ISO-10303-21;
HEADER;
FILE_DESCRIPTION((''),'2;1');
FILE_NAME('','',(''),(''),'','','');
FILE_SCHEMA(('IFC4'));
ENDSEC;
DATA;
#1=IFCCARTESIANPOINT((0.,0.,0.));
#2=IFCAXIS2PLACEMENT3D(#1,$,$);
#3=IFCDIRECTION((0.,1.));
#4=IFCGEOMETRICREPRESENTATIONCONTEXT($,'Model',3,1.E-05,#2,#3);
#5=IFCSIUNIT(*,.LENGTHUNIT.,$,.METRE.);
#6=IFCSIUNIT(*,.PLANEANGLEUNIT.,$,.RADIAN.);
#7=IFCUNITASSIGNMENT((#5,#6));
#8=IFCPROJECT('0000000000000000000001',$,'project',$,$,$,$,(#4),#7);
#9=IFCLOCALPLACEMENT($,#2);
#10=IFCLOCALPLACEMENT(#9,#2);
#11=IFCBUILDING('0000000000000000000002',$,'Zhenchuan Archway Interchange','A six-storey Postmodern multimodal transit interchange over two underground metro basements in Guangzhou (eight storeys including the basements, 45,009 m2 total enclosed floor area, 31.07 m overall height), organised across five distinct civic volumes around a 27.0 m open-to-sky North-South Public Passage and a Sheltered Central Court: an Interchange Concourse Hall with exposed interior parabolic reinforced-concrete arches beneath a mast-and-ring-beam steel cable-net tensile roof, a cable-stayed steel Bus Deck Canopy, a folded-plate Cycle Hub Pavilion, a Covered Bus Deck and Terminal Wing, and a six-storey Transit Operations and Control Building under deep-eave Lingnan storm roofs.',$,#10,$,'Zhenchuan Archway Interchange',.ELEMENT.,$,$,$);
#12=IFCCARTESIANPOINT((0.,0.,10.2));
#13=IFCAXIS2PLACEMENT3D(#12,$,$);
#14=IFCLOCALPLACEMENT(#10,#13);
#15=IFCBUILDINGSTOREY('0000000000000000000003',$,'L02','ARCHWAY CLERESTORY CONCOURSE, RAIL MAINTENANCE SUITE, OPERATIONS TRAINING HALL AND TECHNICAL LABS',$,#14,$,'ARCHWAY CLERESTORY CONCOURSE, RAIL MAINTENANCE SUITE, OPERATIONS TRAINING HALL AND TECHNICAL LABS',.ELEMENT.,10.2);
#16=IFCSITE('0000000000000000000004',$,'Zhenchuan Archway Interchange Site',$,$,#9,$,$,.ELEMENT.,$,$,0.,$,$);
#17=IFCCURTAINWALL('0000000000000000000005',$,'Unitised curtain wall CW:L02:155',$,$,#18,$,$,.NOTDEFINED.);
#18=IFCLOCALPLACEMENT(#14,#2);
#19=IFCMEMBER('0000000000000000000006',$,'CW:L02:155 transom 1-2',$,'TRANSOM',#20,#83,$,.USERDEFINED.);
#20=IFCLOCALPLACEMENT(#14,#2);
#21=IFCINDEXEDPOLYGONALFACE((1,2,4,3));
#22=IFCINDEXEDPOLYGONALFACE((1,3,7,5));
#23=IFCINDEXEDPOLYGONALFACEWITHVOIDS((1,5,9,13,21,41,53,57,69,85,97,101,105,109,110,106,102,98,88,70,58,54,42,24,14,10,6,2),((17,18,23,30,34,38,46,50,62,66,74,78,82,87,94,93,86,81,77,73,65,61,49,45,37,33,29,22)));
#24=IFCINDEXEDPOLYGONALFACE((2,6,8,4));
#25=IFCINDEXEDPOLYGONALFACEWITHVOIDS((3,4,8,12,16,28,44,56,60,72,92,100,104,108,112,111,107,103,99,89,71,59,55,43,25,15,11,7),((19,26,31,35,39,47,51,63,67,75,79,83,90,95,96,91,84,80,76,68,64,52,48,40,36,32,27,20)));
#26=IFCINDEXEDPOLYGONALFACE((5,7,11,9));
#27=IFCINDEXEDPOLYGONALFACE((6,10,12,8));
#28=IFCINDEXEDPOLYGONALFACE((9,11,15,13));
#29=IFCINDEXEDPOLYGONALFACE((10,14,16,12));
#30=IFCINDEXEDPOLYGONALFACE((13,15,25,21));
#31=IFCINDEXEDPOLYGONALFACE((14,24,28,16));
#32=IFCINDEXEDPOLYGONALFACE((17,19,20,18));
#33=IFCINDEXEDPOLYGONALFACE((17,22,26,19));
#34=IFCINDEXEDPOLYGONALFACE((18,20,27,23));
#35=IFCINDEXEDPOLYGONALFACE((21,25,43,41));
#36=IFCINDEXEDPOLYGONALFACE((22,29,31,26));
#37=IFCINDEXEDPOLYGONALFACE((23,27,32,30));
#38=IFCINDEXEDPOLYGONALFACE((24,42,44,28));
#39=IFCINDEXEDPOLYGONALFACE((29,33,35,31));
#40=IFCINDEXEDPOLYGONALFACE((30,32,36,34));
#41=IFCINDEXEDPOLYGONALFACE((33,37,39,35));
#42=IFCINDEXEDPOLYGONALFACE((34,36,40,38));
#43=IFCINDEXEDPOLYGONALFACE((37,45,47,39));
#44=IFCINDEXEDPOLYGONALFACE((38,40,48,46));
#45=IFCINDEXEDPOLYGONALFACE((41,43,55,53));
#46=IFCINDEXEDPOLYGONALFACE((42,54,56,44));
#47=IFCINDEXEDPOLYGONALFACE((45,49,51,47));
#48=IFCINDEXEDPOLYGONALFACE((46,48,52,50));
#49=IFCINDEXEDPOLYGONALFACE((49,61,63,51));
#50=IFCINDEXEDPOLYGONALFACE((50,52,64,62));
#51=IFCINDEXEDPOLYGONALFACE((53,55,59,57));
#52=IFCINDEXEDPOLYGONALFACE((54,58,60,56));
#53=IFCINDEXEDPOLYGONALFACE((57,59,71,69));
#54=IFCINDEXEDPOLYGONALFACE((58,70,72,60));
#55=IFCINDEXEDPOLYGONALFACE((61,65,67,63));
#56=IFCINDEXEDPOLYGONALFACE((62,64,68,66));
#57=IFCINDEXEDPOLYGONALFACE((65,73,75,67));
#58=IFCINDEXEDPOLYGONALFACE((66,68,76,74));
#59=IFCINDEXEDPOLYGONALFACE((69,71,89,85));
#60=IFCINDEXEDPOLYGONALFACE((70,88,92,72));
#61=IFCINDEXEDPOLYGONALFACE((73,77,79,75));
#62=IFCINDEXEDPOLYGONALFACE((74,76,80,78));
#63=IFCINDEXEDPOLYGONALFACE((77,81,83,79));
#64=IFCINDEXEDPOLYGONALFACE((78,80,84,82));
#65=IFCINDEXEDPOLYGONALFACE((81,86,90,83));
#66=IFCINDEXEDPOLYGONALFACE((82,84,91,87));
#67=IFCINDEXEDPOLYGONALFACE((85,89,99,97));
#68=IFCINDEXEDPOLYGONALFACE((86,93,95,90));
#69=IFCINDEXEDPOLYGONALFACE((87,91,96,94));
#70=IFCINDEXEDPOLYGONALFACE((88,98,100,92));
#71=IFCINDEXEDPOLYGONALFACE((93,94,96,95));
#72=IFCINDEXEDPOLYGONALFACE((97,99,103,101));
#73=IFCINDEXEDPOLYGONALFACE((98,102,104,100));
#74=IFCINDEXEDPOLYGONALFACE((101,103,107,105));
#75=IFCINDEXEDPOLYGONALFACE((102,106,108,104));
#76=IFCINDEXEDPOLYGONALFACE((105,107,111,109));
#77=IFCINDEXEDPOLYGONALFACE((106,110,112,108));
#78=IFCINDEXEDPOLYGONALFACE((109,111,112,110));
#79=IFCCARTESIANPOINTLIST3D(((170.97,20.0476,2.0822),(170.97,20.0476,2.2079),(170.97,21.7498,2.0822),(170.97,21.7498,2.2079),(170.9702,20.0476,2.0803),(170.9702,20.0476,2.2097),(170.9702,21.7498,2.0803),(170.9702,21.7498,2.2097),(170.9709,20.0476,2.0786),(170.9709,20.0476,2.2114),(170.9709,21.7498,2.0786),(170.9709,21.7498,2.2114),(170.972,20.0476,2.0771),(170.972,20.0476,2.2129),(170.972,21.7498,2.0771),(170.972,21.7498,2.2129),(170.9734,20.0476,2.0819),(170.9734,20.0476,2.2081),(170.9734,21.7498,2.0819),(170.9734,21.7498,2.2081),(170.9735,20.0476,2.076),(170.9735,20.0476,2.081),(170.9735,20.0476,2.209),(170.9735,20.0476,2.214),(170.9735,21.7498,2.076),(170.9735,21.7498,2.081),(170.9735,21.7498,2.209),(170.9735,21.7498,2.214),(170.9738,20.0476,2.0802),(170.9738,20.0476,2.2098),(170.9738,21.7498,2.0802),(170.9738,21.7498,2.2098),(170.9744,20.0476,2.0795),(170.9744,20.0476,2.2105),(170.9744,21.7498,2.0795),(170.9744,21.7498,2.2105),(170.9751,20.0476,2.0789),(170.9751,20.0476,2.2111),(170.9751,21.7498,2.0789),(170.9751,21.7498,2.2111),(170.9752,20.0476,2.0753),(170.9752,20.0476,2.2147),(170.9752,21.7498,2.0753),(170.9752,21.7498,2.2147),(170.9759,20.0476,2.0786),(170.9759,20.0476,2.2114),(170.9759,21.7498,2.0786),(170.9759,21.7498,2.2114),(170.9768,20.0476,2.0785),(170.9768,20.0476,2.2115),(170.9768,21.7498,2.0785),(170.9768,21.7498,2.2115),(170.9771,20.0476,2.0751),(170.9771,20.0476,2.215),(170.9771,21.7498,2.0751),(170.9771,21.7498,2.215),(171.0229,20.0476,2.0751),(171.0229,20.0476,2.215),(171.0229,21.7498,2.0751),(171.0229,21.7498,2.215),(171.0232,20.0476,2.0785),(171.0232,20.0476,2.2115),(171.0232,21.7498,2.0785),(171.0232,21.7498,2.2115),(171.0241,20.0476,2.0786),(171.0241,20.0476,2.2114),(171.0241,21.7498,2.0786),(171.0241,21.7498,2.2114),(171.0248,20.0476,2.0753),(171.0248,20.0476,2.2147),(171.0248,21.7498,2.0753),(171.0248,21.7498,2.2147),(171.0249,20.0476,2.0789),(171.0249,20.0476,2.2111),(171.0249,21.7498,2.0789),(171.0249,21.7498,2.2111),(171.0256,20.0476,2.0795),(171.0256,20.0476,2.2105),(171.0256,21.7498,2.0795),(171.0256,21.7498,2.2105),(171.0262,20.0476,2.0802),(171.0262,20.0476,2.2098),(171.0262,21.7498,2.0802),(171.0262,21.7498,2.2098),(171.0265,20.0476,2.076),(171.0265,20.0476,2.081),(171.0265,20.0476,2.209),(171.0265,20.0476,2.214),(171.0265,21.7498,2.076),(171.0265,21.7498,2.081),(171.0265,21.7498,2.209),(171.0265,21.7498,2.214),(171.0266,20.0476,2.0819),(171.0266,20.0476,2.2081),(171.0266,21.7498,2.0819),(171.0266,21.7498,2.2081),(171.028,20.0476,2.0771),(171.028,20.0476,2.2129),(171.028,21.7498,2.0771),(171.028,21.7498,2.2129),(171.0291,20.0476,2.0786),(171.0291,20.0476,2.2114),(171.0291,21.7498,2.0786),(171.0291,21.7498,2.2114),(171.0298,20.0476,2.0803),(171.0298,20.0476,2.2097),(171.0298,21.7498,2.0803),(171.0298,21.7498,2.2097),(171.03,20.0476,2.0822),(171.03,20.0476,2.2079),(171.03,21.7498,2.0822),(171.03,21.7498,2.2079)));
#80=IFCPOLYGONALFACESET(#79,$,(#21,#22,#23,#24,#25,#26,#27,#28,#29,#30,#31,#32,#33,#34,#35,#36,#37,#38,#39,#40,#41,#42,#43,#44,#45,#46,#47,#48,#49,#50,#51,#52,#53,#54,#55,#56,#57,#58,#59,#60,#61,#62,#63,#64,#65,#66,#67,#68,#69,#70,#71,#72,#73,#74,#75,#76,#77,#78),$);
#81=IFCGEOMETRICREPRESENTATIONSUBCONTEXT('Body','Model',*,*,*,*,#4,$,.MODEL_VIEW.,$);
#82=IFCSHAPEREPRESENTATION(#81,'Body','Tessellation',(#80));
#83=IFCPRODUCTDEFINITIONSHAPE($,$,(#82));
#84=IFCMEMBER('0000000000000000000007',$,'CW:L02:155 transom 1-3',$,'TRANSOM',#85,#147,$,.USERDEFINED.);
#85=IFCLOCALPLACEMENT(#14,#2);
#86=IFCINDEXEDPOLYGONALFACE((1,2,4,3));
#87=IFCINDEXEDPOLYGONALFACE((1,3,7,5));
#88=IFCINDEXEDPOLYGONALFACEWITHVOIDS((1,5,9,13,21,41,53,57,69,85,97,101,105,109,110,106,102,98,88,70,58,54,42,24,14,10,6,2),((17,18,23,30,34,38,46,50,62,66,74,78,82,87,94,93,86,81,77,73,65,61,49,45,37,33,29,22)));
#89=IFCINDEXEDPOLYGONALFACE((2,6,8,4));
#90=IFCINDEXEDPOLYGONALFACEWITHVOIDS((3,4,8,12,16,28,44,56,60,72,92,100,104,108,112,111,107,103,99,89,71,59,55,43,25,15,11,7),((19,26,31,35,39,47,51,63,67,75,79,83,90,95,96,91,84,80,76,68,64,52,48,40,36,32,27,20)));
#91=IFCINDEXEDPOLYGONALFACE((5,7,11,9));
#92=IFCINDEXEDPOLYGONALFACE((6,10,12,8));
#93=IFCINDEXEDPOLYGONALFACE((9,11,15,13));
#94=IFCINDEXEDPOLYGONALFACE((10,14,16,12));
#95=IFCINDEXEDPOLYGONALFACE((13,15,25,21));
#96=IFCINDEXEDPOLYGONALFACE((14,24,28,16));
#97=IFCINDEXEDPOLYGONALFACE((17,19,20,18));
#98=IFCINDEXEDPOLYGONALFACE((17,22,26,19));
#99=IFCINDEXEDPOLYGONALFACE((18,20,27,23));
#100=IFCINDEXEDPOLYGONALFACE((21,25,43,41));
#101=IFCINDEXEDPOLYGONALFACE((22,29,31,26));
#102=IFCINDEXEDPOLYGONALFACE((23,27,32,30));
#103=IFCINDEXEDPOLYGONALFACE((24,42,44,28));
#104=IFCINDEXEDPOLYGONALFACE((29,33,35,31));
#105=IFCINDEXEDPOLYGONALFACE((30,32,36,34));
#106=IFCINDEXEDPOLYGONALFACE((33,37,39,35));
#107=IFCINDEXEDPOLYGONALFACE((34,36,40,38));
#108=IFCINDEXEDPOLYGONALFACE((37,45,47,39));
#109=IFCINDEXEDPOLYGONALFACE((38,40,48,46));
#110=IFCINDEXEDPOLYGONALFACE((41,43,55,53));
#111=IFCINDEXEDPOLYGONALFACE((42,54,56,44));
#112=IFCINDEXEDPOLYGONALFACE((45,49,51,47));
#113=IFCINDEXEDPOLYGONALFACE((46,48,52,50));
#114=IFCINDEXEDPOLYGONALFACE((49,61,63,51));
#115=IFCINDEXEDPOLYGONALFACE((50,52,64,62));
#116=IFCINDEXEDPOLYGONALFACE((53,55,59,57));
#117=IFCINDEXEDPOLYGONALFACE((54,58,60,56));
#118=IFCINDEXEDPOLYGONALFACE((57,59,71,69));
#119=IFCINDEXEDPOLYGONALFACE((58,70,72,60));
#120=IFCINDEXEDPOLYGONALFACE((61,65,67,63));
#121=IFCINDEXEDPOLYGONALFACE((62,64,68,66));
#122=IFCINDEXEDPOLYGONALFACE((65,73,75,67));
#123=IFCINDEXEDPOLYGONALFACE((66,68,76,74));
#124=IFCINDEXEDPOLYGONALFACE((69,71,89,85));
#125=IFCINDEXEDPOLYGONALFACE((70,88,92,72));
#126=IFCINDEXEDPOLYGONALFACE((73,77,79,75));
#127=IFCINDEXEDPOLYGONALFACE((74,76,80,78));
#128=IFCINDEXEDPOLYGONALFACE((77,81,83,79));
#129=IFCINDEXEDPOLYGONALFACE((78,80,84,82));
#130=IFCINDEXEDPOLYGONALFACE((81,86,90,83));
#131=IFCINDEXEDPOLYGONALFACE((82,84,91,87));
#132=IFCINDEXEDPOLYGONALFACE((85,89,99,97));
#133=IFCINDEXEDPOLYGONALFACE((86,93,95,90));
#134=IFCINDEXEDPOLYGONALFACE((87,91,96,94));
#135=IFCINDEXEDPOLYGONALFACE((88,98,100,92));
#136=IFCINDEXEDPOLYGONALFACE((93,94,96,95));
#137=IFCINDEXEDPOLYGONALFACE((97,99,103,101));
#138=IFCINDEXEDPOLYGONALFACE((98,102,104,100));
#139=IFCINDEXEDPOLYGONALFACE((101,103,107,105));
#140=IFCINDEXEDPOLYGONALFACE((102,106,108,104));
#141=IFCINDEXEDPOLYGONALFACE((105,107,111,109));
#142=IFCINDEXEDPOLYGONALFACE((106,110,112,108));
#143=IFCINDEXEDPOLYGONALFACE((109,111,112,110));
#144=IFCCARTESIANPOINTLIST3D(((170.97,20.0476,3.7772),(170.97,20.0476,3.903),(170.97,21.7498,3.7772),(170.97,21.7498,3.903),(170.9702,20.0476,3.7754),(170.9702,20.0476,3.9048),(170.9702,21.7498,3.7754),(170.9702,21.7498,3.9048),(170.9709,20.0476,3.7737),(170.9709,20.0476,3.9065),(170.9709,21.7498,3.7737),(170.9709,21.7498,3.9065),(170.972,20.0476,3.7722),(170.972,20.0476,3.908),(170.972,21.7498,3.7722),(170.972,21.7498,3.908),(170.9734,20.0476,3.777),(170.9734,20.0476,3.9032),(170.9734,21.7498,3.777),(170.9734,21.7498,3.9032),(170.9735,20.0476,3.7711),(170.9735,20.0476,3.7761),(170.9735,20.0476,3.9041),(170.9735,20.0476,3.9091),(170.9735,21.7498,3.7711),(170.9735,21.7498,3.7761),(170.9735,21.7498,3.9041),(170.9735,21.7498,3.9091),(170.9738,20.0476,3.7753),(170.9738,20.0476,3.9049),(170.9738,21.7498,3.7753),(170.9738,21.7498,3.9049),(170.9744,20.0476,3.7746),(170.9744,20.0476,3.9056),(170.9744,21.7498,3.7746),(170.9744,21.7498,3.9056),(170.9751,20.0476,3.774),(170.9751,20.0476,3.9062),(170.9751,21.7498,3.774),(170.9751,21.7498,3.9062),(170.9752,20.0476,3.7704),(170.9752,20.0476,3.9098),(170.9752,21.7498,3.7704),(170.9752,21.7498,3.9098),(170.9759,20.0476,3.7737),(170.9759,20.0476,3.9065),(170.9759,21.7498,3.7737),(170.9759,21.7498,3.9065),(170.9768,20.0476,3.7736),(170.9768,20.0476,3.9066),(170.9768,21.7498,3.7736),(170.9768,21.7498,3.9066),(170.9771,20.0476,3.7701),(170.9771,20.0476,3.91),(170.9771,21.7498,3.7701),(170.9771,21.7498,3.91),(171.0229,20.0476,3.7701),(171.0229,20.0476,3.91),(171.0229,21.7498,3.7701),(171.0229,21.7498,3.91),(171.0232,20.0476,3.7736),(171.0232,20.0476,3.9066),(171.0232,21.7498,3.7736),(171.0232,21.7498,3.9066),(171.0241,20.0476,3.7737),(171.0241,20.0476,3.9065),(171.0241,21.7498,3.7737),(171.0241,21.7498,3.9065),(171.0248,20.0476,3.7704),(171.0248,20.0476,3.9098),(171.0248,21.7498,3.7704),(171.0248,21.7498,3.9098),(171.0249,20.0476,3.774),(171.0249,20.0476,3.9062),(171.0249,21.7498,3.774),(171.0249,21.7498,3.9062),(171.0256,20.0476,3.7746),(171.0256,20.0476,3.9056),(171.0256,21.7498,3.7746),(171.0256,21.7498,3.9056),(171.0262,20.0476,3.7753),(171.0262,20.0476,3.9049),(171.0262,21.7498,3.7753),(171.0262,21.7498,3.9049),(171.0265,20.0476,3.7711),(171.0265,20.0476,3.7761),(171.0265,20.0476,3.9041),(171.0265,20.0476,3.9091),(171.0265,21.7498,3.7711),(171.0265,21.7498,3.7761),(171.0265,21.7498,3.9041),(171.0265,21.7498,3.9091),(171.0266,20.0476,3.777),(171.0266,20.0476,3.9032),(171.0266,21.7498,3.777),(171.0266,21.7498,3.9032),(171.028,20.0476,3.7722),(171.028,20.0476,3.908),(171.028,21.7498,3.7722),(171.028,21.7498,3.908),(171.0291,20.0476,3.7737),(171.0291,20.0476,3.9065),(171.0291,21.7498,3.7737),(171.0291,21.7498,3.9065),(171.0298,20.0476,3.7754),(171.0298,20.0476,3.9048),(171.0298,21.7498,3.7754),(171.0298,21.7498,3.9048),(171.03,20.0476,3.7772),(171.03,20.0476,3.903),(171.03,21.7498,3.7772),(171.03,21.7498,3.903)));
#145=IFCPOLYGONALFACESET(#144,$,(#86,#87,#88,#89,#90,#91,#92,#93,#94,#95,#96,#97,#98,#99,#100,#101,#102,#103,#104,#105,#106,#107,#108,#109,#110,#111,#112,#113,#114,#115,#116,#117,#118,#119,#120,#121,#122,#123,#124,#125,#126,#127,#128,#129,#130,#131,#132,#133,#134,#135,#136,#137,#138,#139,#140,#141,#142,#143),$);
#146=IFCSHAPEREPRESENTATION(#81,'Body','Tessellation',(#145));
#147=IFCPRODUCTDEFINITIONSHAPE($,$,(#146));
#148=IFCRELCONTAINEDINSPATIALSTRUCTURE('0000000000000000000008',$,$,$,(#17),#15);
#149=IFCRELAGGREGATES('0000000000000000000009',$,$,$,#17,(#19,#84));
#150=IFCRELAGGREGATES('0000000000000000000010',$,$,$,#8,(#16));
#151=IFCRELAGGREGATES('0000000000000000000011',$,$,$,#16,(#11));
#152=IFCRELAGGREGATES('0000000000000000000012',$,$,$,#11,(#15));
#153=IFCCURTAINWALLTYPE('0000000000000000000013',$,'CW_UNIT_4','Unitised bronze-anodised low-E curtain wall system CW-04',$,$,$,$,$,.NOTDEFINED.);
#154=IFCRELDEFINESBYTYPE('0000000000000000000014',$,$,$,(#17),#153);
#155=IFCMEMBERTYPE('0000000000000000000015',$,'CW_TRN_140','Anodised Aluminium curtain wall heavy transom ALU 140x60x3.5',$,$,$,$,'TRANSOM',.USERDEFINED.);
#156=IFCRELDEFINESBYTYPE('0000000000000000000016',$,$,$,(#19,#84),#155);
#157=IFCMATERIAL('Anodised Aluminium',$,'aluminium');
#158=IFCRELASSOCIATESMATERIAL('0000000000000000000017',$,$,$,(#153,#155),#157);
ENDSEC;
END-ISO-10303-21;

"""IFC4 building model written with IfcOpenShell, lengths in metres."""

from ifc_helpers import new_model, si_unit, direction, frame, origin, origin_2d, place, context, subcontext, project, spatial, hollow_rectangle, extrude, material, material_profile, profile_set, type_object, element, aggregate, save


model = new_model("IFC4")

# Units and contexts
model_context = context("Model", 3, precision=1e-05, world=origin(), true_north=direction((0.0, 1.0)))
body_context = subcontext(model_context, "Body", "Model", "MODEL_VIEW")
ifc_project = project(units=[si_unit("LENGTHUNIT", "METRE"), si_unit("PLANEANGLEUNIT", "RADIAN")], contexts=[model_context])

# Site, building, storey
site_placement = place(None, origin())
site = spatial("IfcSite", under=ifc_project, at=site_placement, Name="Zhenchuan Archway Interchange Site", CompositionType="ELEMENT", RefElevation=0.0)
building_placement = place(site_placement, origin())
building = spatial("IfcBuilding", under=site, at=building_placement, Name="Zhenchuan Archway Interchange", Description="A six-storey Postmodern multimodal transit interchange over two underground metro basements in Guangzhou (eight storeys including the basements, 45,009 m2 total enclosed floor area, 31.07 m overall height), organised across five distinct civic volumes around a 27.0 m open-to-sky North-South Public Passage and a Sheltered Central Court: an Interchange Concourse Hall with exposed interior parabolic reinforced-concrete arches beneath a mast-and-ring-beam steel cable-net tensile roof, a cable-stayed steel Bus Deck Canopy, a folded-plate Cycle Hub Pavilion, a Covered Bus Deck and Terminal Wing, and a six-storey Transit Operations and Control Building under deep-eave Lingnan storm roofs.", LongName="Zhenchuan Archway Interchange", CompositionType="ELEMENT")
storey_placement = place(building_placement, frame((0.0, 0.0, 10.2)))
storey = spatial("IfcBuildingStorey", under=building, at=storey_placement, Name="L02", Description="ARCHWAY CLERESTORY CONCOURSE, RAIL MAINTENANCE SUITE, OPERATIONS TRAINING HALL AND TECHNICAL LABS", LongName="ARCHWAY CLERESTORY CONCOURSE, RAIL MAINTENANCE SUITE, OPERATIONS TRAINING HALL AND TECHNICAL LABS", CompositionType="ELEMENT", Elevation=10.2)

# Curtain wall, members
ifc_material_1 = material(Name="Anodised Aluminium", Category="aluminium")
curtain_wall_type = type_object("IfcCurtainWallType", Name="CW_UNIT_4", Description="Unitised bronze-anodised low-E curtain wall system CW-04", PredefinedType="NOTDEFINED", material=ifc_material_1)
curtain_wall_placement = place(storey_placement, origin())
curtain_wall = element("IfcCurtainWall", 1, at=curtain_wall_placement, inside=storey, type_object=curtain_wall_type, Name="Unitised curtain wall CW:L02:155", PredefinedType="NOTDEFINED")
ifc_material_profile_1 = material_profile(ifc_material_1, hollow_rectangle(XDim=0.0601, YDim=0.1399, WallThickness=0.0034, InnerFilletRadius=0.0034, OuterFilletRadius=0.0071, at=origin_2d()), Name="ALU 140x60x3.5")
ifc_profile_set_1 = profile_set([ifc_material_profile_1], Name="Anodised Aluminium")
member_type_1 = type_object("IfcMemberType", Name="CW_TRN_140", Description="Anodised Aluminium curtain wall heavy transom ALU 140x60x3.5", ElementType="TRANSOM", PredefinedType="USERDEFINED", material=ifc_profile_set_1)
member_1_placement = place(storey_placement, frame((171.0, 21.7498, 2.145), z_axis=(0.0, -1.0, 0.0), x_axis=(1.0, 0.0, 0.0)))
member_1 = element("IfcMember", 2, at=member_1_placement, type_object=member_type_1, Name="CW:L02:155 transom 1-2", ObjectType="TRANSOM", PredefinedType="USERDEFINED", context=body_context, shape_type="SweptSolid", body=[
    extrude(hollow_rectangle(XDim=0.0601, YDim=0.1399, WallThickness=0.0034, InnerFilletRadius=0.0034, OuterFilletRadius=0.0071, at=origin_2d()), origin(), (0.0, 0.0, 1.0), 1.7021),
])
member_2_placement = place(storey_placement, frame((171.0, 21.7498, 3.8401), z_axis=(0.0, -1.0, 0.0), x_axis=(1.0, 0.0, 0.0)))
member_2 = element("IfcMember", 3, at=member_2_placement, type_object=member_type_1, Name="CW:L02:155 transom 1-3", ObjectType="TRANSOM", PredefinedType="USERDEFINED", context=body_context, shape_type="SweptSolid", body=[
    extrude(hollow_rectangle(XDim=0.0601, YDim=0.1399, WallThickness=0.0034, InnerFilletRadius=0.0034, OuterFilletRadius=0.0071, at=origin_2d()), origin(), (0.0, 0.0, 1.0), 1.7021),
])
aggregate(curtain_wall, [member_1, member_2])

save(model, "model.ifc")
